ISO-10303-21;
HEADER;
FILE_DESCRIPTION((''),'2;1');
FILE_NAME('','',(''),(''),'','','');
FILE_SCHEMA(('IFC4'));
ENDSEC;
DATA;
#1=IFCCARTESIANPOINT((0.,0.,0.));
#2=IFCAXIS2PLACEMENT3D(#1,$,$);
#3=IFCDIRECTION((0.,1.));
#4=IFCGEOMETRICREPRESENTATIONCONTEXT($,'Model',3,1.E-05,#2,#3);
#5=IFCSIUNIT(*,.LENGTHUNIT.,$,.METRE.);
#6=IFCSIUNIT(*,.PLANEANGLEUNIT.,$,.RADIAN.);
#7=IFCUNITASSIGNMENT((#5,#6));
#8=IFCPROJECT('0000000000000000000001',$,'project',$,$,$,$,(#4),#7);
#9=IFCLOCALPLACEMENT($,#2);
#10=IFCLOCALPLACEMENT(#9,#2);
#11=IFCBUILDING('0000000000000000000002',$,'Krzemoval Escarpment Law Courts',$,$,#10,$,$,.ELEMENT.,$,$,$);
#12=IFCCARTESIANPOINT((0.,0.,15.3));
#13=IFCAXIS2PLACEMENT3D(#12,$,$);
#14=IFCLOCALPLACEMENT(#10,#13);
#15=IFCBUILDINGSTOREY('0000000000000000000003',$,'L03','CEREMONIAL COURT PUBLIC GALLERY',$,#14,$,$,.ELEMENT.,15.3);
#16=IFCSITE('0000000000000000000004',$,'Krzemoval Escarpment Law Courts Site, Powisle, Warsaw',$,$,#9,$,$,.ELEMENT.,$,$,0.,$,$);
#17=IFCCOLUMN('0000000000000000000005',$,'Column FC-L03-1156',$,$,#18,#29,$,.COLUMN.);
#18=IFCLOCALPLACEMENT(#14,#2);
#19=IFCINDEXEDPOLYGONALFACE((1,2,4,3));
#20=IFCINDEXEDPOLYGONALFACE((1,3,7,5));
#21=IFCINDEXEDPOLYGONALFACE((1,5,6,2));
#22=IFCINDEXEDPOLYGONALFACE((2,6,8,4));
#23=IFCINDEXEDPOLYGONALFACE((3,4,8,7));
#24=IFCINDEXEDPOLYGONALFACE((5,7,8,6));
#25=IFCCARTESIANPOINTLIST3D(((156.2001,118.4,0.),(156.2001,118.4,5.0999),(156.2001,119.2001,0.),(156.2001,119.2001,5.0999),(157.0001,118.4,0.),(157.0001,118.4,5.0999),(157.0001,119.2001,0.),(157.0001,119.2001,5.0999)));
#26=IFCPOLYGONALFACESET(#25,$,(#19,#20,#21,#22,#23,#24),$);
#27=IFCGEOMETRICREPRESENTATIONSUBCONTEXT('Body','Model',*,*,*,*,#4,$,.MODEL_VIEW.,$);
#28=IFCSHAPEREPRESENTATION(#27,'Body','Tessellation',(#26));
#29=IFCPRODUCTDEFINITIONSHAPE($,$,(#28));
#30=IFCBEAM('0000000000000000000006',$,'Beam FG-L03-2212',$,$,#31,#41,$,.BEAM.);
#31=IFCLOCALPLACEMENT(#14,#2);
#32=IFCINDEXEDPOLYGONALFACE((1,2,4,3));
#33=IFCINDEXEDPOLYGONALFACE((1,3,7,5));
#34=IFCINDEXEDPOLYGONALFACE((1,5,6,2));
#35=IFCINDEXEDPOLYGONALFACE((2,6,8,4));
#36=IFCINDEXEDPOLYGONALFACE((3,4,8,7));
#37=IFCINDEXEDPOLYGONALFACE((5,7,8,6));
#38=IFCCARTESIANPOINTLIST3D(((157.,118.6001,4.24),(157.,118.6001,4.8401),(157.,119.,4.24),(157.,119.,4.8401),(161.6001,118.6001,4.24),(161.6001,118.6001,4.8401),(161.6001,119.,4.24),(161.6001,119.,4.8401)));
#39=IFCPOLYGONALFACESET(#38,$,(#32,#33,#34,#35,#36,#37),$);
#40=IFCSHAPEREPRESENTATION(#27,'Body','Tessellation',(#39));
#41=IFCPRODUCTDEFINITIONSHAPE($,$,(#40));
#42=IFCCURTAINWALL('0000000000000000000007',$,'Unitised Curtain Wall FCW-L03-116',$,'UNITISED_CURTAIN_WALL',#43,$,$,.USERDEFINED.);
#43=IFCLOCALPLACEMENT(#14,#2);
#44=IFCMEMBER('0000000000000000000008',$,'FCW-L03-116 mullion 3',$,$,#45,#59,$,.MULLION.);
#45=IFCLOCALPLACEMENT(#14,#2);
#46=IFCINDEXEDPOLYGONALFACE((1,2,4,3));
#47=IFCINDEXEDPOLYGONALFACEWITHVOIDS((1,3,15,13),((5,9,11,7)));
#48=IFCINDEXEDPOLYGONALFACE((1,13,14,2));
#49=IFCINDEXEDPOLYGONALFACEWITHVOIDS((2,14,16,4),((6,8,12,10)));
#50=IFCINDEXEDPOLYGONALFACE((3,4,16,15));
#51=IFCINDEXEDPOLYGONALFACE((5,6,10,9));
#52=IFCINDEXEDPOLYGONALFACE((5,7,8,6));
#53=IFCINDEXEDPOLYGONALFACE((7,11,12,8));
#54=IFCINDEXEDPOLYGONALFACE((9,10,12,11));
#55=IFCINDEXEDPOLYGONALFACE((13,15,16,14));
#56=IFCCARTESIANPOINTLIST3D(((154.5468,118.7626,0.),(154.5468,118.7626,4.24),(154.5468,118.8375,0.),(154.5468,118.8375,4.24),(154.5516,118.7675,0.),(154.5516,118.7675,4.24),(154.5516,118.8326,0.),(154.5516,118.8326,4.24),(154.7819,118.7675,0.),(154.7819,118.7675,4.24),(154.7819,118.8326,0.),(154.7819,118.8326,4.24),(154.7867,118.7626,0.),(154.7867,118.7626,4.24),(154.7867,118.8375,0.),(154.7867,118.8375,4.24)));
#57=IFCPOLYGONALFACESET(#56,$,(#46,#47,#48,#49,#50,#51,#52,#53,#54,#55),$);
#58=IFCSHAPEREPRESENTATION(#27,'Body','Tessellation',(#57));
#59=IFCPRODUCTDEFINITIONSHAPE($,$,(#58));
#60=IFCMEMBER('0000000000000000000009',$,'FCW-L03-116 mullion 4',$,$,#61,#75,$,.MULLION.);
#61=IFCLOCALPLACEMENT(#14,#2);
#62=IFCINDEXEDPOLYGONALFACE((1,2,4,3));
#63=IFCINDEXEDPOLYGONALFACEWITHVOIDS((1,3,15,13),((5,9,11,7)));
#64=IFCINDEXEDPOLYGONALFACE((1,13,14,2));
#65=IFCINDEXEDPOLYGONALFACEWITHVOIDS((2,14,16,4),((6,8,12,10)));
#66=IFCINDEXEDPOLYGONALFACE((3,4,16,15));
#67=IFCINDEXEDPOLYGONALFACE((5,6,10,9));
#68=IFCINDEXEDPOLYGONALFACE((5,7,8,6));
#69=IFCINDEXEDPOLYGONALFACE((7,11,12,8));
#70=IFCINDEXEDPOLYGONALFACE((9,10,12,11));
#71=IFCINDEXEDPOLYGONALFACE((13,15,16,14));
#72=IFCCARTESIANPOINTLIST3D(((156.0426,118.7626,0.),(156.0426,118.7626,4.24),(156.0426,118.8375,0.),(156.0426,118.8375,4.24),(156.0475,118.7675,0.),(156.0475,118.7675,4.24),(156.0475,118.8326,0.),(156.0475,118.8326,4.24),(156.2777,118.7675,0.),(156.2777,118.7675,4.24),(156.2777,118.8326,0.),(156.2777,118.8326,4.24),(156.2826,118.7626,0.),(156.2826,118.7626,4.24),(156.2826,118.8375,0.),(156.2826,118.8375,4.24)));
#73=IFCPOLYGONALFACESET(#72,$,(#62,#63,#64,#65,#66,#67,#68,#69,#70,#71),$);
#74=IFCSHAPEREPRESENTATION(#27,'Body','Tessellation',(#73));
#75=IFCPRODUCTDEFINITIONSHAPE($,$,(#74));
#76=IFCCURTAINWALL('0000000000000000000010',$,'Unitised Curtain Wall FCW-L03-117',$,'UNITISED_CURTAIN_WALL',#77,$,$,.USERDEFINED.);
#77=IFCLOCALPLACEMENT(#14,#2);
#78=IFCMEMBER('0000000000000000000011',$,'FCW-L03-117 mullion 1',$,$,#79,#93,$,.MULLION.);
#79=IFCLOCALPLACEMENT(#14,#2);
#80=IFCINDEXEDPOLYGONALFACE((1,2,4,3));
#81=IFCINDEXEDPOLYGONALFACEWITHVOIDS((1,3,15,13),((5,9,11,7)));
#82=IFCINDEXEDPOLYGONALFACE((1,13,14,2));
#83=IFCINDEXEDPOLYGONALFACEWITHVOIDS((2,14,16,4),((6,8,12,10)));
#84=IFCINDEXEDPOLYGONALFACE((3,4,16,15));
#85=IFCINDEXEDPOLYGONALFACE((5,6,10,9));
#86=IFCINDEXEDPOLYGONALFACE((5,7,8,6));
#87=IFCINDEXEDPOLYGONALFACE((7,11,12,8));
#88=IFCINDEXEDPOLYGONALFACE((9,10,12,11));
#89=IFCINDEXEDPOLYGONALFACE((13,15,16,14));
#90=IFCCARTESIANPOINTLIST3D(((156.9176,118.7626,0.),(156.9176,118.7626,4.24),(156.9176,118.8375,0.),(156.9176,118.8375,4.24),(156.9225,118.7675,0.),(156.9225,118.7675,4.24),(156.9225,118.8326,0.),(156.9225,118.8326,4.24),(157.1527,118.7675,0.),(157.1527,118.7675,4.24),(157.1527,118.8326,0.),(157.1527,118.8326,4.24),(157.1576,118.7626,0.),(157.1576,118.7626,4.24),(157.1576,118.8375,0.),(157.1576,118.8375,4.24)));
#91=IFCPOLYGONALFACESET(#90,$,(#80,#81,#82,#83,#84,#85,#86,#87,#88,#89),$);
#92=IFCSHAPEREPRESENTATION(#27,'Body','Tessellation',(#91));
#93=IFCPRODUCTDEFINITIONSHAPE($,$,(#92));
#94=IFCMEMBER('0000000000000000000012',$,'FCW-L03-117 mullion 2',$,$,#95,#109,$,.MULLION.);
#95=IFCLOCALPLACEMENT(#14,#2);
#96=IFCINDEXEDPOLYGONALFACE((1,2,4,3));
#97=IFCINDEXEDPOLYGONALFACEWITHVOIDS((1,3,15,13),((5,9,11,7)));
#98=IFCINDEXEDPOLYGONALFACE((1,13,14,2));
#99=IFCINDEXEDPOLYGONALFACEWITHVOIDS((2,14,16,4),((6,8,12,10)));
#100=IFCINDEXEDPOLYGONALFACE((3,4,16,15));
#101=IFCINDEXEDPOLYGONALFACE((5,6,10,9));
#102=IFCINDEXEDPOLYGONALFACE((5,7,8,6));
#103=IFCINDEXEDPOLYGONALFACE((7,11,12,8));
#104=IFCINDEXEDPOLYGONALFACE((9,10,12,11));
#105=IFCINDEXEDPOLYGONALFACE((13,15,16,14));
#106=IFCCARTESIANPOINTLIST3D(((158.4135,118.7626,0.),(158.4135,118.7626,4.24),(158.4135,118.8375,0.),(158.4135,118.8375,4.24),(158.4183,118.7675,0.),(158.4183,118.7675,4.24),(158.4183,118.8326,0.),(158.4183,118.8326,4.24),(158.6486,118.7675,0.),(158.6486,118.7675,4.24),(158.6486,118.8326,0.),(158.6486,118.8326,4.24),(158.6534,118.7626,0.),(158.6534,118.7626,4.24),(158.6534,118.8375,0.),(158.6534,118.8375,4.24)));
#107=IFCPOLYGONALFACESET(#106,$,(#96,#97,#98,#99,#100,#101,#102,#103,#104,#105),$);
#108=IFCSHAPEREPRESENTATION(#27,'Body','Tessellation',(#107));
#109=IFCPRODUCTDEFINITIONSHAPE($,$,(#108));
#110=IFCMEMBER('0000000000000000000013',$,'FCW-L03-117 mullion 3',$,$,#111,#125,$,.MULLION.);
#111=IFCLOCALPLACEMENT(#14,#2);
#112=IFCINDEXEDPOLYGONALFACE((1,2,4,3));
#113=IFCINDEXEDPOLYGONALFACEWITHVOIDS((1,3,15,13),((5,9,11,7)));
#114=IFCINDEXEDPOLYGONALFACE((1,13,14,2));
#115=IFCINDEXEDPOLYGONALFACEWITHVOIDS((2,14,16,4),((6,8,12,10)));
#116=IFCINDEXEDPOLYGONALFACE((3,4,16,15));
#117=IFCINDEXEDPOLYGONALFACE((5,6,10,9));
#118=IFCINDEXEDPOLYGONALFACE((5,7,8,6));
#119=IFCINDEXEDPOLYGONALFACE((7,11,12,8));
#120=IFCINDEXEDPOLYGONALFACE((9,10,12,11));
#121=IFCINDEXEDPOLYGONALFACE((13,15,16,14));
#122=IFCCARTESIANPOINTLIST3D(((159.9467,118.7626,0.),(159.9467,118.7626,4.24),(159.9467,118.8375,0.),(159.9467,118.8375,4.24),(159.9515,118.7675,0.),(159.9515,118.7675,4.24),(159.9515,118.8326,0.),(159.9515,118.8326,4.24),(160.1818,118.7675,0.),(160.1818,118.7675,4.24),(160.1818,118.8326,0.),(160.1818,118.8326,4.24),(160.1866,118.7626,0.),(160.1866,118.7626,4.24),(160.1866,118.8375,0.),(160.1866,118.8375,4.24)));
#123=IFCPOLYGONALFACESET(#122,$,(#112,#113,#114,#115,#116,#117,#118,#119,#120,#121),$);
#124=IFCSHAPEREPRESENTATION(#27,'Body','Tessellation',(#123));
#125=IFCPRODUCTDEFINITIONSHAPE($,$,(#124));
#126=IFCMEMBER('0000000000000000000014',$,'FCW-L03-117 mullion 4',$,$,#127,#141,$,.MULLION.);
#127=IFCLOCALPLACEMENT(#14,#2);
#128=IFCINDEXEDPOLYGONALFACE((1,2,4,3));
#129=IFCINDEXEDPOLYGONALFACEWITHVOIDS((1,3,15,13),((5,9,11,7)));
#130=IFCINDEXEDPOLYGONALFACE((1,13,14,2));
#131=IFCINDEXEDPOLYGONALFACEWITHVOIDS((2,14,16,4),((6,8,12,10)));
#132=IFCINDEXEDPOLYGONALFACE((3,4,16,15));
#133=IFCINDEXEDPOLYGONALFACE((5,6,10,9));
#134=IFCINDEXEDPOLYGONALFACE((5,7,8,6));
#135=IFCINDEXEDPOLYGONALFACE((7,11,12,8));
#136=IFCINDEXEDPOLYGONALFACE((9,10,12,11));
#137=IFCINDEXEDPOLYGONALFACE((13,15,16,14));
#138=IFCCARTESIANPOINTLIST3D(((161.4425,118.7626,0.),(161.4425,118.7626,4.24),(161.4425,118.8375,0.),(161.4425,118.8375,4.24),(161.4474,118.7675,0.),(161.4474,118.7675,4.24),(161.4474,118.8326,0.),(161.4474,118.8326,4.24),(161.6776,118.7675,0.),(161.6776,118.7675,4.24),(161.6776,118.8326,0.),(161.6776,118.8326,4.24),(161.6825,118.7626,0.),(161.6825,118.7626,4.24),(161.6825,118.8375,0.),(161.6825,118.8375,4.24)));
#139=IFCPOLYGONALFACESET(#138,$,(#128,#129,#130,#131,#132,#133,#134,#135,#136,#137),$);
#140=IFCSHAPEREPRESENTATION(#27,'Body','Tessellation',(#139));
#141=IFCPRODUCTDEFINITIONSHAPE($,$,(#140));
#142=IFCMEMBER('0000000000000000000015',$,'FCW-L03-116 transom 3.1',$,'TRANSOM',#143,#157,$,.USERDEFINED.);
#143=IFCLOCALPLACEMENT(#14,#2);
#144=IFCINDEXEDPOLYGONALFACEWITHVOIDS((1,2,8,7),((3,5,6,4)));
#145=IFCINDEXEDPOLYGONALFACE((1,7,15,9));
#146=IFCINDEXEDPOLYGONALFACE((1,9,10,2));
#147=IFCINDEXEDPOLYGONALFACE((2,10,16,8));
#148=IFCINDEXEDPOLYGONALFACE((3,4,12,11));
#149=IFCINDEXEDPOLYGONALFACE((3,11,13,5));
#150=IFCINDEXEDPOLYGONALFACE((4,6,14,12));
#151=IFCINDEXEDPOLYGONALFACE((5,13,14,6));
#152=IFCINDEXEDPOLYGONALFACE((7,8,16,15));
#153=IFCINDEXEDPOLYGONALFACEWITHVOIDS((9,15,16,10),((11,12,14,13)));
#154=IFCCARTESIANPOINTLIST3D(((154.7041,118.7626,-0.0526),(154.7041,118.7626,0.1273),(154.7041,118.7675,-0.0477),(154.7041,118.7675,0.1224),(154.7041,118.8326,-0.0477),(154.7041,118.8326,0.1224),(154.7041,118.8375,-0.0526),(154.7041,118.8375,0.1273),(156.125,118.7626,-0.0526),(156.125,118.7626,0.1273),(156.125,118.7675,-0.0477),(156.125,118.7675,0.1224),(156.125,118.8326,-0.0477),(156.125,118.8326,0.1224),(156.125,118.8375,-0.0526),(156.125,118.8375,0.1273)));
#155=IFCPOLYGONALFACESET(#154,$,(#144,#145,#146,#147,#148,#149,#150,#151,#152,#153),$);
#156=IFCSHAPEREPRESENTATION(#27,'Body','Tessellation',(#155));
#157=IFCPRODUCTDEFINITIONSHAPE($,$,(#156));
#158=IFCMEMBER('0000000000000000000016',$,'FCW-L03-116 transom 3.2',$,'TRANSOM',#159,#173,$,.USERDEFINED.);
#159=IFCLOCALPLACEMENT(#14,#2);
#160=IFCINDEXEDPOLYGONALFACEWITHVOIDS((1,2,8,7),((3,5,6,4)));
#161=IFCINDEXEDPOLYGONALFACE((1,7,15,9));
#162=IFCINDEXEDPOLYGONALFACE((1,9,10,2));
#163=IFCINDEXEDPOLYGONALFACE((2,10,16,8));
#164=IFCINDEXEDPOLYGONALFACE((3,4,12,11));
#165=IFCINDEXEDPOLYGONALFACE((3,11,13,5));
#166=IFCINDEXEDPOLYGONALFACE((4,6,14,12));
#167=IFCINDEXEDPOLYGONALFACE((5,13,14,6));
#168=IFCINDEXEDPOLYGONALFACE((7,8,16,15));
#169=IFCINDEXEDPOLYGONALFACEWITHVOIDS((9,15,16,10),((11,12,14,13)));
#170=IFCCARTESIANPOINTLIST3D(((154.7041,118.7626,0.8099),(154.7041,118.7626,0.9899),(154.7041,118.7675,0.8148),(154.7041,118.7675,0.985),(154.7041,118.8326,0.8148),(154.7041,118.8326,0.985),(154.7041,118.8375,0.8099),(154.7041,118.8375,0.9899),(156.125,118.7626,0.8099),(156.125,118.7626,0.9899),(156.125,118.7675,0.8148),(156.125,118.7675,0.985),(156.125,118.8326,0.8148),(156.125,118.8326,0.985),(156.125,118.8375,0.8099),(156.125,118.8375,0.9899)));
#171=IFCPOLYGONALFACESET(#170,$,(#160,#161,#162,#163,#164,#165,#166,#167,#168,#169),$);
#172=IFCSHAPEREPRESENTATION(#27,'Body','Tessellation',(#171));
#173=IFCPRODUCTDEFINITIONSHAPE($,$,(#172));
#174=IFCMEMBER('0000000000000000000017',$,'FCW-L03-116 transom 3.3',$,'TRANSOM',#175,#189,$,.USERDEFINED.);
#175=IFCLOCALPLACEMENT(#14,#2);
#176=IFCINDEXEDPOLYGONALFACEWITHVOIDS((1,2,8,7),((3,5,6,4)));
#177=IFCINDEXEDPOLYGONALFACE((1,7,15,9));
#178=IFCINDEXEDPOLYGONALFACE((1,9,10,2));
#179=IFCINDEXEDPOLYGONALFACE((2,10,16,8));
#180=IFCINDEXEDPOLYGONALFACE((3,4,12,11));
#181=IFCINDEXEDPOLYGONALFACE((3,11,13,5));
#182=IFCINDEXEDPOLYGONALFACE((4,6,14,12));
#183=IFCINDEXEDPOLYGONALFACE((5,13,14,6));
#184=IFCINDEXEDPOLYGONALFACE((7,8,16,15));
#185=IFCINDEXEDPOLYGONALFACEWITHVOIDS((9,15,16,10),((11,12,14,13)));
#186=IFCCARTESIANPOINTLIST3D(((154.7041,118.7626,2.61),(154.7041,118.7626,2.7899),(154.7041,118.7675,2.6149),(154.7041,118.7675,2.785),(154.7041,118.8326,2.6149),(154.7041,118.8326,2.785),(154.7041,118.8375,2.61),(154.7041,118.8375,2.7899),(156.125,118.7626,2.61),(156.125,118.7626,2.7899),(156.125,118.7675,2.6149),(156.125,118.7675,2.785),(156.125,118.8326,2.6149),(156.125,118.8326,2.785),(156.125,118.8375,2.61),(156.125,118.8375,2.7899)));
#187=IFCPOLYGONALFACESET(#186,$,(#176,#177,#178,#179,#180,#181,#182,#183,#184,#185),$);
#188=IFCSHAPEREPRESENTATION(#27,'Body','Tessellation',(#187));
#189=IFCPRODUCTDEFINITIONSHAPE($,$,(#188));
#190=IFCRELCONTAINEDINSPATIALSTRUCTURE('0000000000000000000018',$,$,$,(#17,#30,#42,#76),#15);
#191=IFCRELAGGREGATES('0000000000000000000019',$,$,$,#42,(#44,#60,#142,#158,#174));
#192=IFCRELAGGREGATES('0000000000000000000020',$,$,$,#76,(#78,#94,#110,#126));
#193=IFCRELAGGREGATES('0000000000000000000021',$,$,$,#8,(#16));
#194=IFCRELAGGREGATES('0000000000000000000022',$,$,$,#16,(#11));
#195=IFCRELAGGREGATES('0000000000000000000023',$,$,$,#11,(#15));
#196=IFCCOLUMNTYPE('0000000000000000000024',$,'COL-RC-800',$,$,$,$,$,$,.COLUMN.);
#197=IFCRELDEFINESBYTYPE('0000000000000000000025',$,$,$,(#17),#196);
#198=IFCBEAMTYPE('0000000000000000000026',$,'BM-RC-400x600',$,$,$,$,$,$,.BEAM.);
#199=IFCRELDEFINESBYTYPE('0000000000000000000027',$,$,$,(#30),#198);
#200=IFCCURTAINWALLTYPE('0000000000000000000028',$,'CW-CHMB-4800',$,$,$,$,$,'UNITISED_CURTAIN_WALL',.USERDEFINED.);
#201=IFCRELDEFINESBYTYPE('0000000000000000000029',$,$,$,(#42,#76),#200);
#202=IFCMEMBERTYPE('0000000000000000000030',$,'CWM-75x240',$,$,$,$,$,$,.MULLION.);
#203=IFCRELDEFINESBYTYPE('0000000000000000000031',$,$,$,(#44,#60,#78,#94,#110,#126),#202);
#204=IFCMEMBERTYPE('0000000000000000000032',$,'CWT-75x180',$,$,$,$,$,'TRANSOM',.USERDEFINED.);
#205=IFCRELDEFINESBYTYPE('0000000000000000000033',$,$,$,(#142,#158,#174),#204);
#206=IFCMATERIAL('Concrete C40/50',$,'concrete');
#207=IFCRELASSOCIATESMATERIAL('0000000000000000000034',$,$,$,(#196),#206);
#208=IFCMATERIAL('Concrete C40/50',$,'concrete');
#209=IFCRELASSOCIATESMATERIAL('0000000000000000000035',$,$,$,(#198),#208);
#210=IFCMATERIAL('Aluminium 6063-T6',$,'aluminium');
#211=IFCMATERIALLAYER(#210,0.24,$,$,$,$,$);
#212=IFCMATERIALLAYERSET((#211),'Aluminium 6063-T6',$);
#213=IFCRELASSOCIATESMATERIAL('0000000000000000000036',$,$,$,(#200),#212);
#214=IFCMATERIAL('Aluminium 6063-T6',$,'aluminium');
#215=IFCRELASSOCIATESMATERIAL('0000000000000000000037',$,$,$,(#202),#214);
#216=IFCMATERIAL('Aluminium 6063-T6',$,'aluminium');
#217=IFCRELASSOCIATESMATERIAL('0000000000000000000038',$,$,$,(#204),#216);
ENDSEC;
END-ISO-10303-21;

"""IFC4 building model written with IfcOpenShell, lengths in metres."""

from ifc_helpers import new_model, si_unit, direction, frame, origin, origin_2d, place, context, subcontext, project, spatial, rectangle, hollow_rectangle, extrude, material, layer, layer_set, material_profile, profile_set, type_object, element, aggregate, save


model = new_model("IFC4")

# Units and contexts
model_context = context("Model", 3, precision=1e-05, world=origin(), true_north=direction((0.0, 1.0)))
body_context = subcontext(model_context, "Body", "Model", "MODEL_VIEW")
ifc_project = project(units=[si_unit("LENGTHUNIT", "METRE"), si_unit("PLANEANGLEUNIT", "RADIAN")], contexts=[model_context])

# Site, building, storey
site_placement = place(None, origin())
site = spatial("IfcSite", under=ifc_project, at=site_placement, Name="Krzemoval Escarpment Law Courts Site, Powisle, Warsaw", CompositionType="ELEMENT", RefElevation=0.0)
building_placement = place(site_placement, origin())
building = spatial("IfcBuilding", under=site, at=building_placement, Name="Krzemoval Escarpment Law Courts", CompositionType="ELEMENT")
storey_placement = place(building_placement, frame((0.0, 0.0, 15.3)))
storey = spatial("IfcBuildingStorey", under=building, at=storey_placement, Name="L03", Description="CEREMONIAL COURT PUBLIC GALLERY", CompositionType="ELEMENT", Elevation=15.3)

# Column
ifc_material_1 = material(Name="Concrete C40/50", Category="concrete")
ifc_material_profile_1 = material_profile(ifc_material_1, rectangle(XDim=0.8, YDim=0.8, at=origin_2d()), Name="RC 800x800")
ifc_profile_set_1 = profile_set([ifc_material_profile_1], Name="Concrete C40/50")
column_type = type_object("IfcColumnType", Name="COL-RC-800", PredefinedType="COLUMN", material=ifc_profile_set_1)
column_placement = place(storey_placement, frame((156.6001, 118.8, 0.0), z_axis=(0.0, 0.0, 1.0), x_axis=(1.0, 0.0, 0.0)))
element("IfcColumn", 1, at=column_placement, inside=storey, type_object=column_type, Name="Column FC-L03-1156", PredefinedType="COLUMN", context=body_context, shape_type="SweptSolid", body=[
    extrude(rectangle(XDim=0.8, YDim=0.8, at=origin_2d()), origin(), (0.0, 0.0, 1.0), 5.0999),
])

# Beam
ifc_material_2 = material(Name="Concrete C40/50", Category="concrete")
ifc_material_profile_2 = material_profile(ifc_material_2, rectangle(XDim=0.3999, YDim=0.6001, at=origin_2d()), Name="RCB 400x600")
ifc_profile_set_2 = profile_set([ifc_material_profile_2], Name="Concrete C40/50")
beam_type = type_object("IfcBeamType", Name="BM-RC-400x600", PredefinedType="BEAM", material=ifc_profile_set_2)
beam_placement = place(storey_placement, frame((157.0, 118.8, 4.54), z_axis=(1.0, 0.0, 0.0), x_axis=(0.0, 1.0, 0.0)))
element("IfcBeam", 2, at=beam_placement, inside=storey, type_object=beam_type, Name="Beam FG-L03-2212", PredefinedType="BEAM", context=body_context, shape_type="SweptSolid", body=[
    extrude(rectangle(XDim=0.3999, YDim=0.6001, at=origin_2d()), origin(), (0.0, 0.0, 1.0), 4.6001),
])

# Curtain walls, members
ifc_material_3 = material(Name="Aluminium 6063-T6", Category="aluminium")
ifc_layer_1 = layer(ifc_material_3, 0.24)
ifc_layer_set_1 = layer_set([ifc_layer_1], Name="Aluminium 6063-T6")
curtain_wall_type = type_object("IfcCurtainWallType", Name="CW-CHMB-4800", ElementType="UNITISED_CURTAIN_WALL", PredefinedType="USERDEFINED", material=ifc_layer_set_1)
curtain_wall_1_placement = place(storey_placement, origin())
curtain_wall_1 = element("IfcCurtainWall", 3, at=curtain_wall_1_placement, inside=storey, type_object=curtain_wall_type, Name="Unitised Curtain Wall FCW-L03-116", ObjectType="UNITISED_CURTAIN_WALL", PredefinedType="USERDEFINED")
ifc_material_4 = material(Name="Aluminium 6063-T6", Category="aluminium")
ifc_material_profile_3 = material_profile(ifc_material_4, hollow_rectangle(XDim=0.075, YDim=0.24, WallThickness=0.0049, at=origin_2d()), Name="ALU M75x240")
ifc_profile_set_3 = profile_set([ifc_material_profile_3], Name="Aluminium 6063-T6")
member_type_1 = type_object("IfcMemberType", Name="CWM-75x240", PredefinedType="MULLION", material=ifc_profile_set_3)
member_1_placement = place(storey_placement, frame((154.6667, 118.8, 0.0), z_axis=(0.0, 0.0, 1.0), x_axis=(0.0, 1.0, 0.0)))
member_1 = element("IfcMember", 4, at=member_1_placement, type_object=member_type_1, Name="FCW-L03-116 mullion 3", PredefinedType="MULLION", context=body_context, shape_type="SweptSolid", body=[
    extrude(hollow_rectangle(XDim=0.075, YDim=0.24, WallThickness=0.0049, at=origin_2d()), origin(), (0.0, 0.0, 1.0), 4.24),
])
member_2_placement = place(storey_placement, frame((156.1626, 118.8, 0.0), z_axis=(0.0, 0.0, 1.0), x_axis=(0.0, 1.0, 0.0)))
member_2 = element("IfcMember", 5, at=member_2_placement, type_object=member_type_1, Name="FCW-L03-116 mullion 4", PredefinedType="MULLION", context=body_context, shape_type="SweptSolid", body=[
    extrude(hollow_rectangle(XDim=0.075, YDim=0.24, WallThickness=0.0049, at=origin_2d()), origin(), (0.0, 0.0, 1.0), 4.24),
])
curtain_wall_2_placement = place(storey_placement, origin())
curtain_wall_2 = element("IfcCurtainWall", 6, at=curtain_wall_2_placement, inside=storey, type_object=curtain_wall_type, Name="Unitised Curtain Wall FCW-L03-117", ObjectType="UNITISED_CURTAIN_WALL", PredefinedType="USERDEFINED")
member_3_placement = place(storey_placement, frame((157.0376, 118.8, 0.0), z_axis=(0.0, 0.0, 1.0), x_axis=(0.0, 1.0, 0.0)))
member_3 = element("IfcMember", 7, at=member_3_placement, type_object=member_type_1, Name="FCW-L03-117 mullion 1", PredefinedType="MULLION", context=body_context, shape_type="SweptSolid", body=[
    extrude(hollow_rectangle(XDim=0.075, YDim=0.24, WallThickness=0.0049, at=origin_2d()), origin(), (0.0, 0.0, 1.0), 4.24),
])
member_4_placement = place(storey_placement, frame((158.5334, 118.8, 0.0), z_axis=(0.0, 0.0, 1.0), x_axis=(0.0, 1.0, 0.0)))
member_4 = element("IfcMember", 8, at=member_4_placement, type_object=member_type_1, Name="FCW-L03-117 mullion 2", PredefinedType="MULLION", context=body_context, shape_type="SweptSolid", body=[
    extrude(hollow_rectangle(XDim=0.075, YDim=0.24, WallThickness=0.0049, at=origin_2d()), origin(), (0.0, 0.0, 1.0), 4.24),
])
member_5_placement = place(storey_placement, frame((160.0667, 118.8, 0.0), z_axis=(0.0, 0.0, 1.0), x_axis=(0.0, 1.0, 0.0)))
member_5 = element("IfcMember", 9, at=member_5_placement, type_object=member_type_1, Name="FCW-L03-117 mullion 3", PredefinedType="MULLION", context=body_context, shape_type="SweptSolid", body=[
    extrude(hollow_rectangle(XDim=0.075, YDim=0.24, WallThickness=0.0049, at=origin_2d()), origin(), (0.0, 0.0, 1.0), 4.24),
])
member_6_placement = place(storey_placement, frame((161.5625, 118.8, 0.0), z_axis=(0.0, 0.0, 1.0), x_axis=(0.0, 1.0, 0.0)))
member_6 = element("IfcMember", 10, at=member_6_placement, type_object=member_type_1, Name="FCW-L03-117 mullion 4", PredefinedType="MULLION", context=body_context, shape_type="SweptSolid", body=[
    extrude(hollow_rectangle(XDim=0.075, YDim=0.24, WallThickness=0.0049, at=origin_2d()), origin(), (0.0, 0.0, 1.0), 4.24),
])

# Members
ifc_material_5 = material(Name="Aluminium 6063-T6", Category="aluminium")
ifc_material_profile_4 = material_profile(ifc_material_5, hollow_rectangle(XDim=0.075, YDim=0.1799, WallThickness=0.0049, at=origin_2d()), Name="ALU T75x180")
ifc_profile_set_4 = profile_set([ifc_material_profile_4], Name="Aluminium 6063-T6")
member_type_2 = type_object("IfcMemberType", Name="CWT-75x180", ElementType="TRANSOM", PredefinedType="USERDEFINED", material=ifc_profile_set_4)
member_7_placement = place(storey_placement, frame((154.7041, 118.8, 0.0374), z_axis=(1.0, 0.0, 0.0), x_axis=(0.0, 1.0, 0.0)))
member_7 = element("IfcMember", 11, at=member_7_placement, type_object=member_type_2, Name="FCW-L03-116 transom 3.1", ObjectType="TRANSOM", PredefinedType="USERDEFINED", context=body_context, shape_type="SweptSolid", body=[
    extrude(hollow_rectangle(XDim=0.075, YDim=0.1799, WallThickness=0.0049, at=origin_2d()), origin(), (0.0, 0.0, 1.0), 1.4209),
])
member_8_placement = place(storey_placement, frame((154.7041, 118.8, 0.8999), z_axis=(1.0, 0.0, 0.0), x_axis=(0.0, 1.0, 0.0)))
member_8 = element("IfcMember", 12, at=member_8_placement, type_object=member_type_2, Name="FCW-L03-116 transom 3.2", ObjectType="TRANSOM", PredefinedType="USERDEFINED", context=body_context, shape_type="SweptSolid", body=[
    extrude(hollow_rectangle(XDim=0.075, YDim=0.1799, WallThickness=0.0049, at=origin_2d()), origin(), (0.0, 0.0, 1.0), 1.4209),
])
member_9_placement = place(storey_placement, frame((154.7041, 118.8, 2.7), z_axis=(1.0, 0.0, 0.0), x_axis=(0.0, 1.0, 0.0)))
member_9 = element("IfcMember", 13, at=member_9_placement, type_object=member_type_2, Name="FCW-L03-116 transom 3.3", ObjectType="TRANSOM", PredefinedType="USERDEFINED", context=body_context, shape_type="SweptSolid", body=[
    extrude(hollow_rectangle(XDim=0.075, YDim=0.1799, WallThickness=0.0049, at=origin_2d()), origin(), (0.0, 0.0, 1.0), 1.4209),
])

aggregate(curtain_wall_1, [member_1, member_2, member_7, member_8, member_9])
aggregate(curtain_wall_2, [member_3, member_4, member_5, member_6])

save(model, "model.ifc")
